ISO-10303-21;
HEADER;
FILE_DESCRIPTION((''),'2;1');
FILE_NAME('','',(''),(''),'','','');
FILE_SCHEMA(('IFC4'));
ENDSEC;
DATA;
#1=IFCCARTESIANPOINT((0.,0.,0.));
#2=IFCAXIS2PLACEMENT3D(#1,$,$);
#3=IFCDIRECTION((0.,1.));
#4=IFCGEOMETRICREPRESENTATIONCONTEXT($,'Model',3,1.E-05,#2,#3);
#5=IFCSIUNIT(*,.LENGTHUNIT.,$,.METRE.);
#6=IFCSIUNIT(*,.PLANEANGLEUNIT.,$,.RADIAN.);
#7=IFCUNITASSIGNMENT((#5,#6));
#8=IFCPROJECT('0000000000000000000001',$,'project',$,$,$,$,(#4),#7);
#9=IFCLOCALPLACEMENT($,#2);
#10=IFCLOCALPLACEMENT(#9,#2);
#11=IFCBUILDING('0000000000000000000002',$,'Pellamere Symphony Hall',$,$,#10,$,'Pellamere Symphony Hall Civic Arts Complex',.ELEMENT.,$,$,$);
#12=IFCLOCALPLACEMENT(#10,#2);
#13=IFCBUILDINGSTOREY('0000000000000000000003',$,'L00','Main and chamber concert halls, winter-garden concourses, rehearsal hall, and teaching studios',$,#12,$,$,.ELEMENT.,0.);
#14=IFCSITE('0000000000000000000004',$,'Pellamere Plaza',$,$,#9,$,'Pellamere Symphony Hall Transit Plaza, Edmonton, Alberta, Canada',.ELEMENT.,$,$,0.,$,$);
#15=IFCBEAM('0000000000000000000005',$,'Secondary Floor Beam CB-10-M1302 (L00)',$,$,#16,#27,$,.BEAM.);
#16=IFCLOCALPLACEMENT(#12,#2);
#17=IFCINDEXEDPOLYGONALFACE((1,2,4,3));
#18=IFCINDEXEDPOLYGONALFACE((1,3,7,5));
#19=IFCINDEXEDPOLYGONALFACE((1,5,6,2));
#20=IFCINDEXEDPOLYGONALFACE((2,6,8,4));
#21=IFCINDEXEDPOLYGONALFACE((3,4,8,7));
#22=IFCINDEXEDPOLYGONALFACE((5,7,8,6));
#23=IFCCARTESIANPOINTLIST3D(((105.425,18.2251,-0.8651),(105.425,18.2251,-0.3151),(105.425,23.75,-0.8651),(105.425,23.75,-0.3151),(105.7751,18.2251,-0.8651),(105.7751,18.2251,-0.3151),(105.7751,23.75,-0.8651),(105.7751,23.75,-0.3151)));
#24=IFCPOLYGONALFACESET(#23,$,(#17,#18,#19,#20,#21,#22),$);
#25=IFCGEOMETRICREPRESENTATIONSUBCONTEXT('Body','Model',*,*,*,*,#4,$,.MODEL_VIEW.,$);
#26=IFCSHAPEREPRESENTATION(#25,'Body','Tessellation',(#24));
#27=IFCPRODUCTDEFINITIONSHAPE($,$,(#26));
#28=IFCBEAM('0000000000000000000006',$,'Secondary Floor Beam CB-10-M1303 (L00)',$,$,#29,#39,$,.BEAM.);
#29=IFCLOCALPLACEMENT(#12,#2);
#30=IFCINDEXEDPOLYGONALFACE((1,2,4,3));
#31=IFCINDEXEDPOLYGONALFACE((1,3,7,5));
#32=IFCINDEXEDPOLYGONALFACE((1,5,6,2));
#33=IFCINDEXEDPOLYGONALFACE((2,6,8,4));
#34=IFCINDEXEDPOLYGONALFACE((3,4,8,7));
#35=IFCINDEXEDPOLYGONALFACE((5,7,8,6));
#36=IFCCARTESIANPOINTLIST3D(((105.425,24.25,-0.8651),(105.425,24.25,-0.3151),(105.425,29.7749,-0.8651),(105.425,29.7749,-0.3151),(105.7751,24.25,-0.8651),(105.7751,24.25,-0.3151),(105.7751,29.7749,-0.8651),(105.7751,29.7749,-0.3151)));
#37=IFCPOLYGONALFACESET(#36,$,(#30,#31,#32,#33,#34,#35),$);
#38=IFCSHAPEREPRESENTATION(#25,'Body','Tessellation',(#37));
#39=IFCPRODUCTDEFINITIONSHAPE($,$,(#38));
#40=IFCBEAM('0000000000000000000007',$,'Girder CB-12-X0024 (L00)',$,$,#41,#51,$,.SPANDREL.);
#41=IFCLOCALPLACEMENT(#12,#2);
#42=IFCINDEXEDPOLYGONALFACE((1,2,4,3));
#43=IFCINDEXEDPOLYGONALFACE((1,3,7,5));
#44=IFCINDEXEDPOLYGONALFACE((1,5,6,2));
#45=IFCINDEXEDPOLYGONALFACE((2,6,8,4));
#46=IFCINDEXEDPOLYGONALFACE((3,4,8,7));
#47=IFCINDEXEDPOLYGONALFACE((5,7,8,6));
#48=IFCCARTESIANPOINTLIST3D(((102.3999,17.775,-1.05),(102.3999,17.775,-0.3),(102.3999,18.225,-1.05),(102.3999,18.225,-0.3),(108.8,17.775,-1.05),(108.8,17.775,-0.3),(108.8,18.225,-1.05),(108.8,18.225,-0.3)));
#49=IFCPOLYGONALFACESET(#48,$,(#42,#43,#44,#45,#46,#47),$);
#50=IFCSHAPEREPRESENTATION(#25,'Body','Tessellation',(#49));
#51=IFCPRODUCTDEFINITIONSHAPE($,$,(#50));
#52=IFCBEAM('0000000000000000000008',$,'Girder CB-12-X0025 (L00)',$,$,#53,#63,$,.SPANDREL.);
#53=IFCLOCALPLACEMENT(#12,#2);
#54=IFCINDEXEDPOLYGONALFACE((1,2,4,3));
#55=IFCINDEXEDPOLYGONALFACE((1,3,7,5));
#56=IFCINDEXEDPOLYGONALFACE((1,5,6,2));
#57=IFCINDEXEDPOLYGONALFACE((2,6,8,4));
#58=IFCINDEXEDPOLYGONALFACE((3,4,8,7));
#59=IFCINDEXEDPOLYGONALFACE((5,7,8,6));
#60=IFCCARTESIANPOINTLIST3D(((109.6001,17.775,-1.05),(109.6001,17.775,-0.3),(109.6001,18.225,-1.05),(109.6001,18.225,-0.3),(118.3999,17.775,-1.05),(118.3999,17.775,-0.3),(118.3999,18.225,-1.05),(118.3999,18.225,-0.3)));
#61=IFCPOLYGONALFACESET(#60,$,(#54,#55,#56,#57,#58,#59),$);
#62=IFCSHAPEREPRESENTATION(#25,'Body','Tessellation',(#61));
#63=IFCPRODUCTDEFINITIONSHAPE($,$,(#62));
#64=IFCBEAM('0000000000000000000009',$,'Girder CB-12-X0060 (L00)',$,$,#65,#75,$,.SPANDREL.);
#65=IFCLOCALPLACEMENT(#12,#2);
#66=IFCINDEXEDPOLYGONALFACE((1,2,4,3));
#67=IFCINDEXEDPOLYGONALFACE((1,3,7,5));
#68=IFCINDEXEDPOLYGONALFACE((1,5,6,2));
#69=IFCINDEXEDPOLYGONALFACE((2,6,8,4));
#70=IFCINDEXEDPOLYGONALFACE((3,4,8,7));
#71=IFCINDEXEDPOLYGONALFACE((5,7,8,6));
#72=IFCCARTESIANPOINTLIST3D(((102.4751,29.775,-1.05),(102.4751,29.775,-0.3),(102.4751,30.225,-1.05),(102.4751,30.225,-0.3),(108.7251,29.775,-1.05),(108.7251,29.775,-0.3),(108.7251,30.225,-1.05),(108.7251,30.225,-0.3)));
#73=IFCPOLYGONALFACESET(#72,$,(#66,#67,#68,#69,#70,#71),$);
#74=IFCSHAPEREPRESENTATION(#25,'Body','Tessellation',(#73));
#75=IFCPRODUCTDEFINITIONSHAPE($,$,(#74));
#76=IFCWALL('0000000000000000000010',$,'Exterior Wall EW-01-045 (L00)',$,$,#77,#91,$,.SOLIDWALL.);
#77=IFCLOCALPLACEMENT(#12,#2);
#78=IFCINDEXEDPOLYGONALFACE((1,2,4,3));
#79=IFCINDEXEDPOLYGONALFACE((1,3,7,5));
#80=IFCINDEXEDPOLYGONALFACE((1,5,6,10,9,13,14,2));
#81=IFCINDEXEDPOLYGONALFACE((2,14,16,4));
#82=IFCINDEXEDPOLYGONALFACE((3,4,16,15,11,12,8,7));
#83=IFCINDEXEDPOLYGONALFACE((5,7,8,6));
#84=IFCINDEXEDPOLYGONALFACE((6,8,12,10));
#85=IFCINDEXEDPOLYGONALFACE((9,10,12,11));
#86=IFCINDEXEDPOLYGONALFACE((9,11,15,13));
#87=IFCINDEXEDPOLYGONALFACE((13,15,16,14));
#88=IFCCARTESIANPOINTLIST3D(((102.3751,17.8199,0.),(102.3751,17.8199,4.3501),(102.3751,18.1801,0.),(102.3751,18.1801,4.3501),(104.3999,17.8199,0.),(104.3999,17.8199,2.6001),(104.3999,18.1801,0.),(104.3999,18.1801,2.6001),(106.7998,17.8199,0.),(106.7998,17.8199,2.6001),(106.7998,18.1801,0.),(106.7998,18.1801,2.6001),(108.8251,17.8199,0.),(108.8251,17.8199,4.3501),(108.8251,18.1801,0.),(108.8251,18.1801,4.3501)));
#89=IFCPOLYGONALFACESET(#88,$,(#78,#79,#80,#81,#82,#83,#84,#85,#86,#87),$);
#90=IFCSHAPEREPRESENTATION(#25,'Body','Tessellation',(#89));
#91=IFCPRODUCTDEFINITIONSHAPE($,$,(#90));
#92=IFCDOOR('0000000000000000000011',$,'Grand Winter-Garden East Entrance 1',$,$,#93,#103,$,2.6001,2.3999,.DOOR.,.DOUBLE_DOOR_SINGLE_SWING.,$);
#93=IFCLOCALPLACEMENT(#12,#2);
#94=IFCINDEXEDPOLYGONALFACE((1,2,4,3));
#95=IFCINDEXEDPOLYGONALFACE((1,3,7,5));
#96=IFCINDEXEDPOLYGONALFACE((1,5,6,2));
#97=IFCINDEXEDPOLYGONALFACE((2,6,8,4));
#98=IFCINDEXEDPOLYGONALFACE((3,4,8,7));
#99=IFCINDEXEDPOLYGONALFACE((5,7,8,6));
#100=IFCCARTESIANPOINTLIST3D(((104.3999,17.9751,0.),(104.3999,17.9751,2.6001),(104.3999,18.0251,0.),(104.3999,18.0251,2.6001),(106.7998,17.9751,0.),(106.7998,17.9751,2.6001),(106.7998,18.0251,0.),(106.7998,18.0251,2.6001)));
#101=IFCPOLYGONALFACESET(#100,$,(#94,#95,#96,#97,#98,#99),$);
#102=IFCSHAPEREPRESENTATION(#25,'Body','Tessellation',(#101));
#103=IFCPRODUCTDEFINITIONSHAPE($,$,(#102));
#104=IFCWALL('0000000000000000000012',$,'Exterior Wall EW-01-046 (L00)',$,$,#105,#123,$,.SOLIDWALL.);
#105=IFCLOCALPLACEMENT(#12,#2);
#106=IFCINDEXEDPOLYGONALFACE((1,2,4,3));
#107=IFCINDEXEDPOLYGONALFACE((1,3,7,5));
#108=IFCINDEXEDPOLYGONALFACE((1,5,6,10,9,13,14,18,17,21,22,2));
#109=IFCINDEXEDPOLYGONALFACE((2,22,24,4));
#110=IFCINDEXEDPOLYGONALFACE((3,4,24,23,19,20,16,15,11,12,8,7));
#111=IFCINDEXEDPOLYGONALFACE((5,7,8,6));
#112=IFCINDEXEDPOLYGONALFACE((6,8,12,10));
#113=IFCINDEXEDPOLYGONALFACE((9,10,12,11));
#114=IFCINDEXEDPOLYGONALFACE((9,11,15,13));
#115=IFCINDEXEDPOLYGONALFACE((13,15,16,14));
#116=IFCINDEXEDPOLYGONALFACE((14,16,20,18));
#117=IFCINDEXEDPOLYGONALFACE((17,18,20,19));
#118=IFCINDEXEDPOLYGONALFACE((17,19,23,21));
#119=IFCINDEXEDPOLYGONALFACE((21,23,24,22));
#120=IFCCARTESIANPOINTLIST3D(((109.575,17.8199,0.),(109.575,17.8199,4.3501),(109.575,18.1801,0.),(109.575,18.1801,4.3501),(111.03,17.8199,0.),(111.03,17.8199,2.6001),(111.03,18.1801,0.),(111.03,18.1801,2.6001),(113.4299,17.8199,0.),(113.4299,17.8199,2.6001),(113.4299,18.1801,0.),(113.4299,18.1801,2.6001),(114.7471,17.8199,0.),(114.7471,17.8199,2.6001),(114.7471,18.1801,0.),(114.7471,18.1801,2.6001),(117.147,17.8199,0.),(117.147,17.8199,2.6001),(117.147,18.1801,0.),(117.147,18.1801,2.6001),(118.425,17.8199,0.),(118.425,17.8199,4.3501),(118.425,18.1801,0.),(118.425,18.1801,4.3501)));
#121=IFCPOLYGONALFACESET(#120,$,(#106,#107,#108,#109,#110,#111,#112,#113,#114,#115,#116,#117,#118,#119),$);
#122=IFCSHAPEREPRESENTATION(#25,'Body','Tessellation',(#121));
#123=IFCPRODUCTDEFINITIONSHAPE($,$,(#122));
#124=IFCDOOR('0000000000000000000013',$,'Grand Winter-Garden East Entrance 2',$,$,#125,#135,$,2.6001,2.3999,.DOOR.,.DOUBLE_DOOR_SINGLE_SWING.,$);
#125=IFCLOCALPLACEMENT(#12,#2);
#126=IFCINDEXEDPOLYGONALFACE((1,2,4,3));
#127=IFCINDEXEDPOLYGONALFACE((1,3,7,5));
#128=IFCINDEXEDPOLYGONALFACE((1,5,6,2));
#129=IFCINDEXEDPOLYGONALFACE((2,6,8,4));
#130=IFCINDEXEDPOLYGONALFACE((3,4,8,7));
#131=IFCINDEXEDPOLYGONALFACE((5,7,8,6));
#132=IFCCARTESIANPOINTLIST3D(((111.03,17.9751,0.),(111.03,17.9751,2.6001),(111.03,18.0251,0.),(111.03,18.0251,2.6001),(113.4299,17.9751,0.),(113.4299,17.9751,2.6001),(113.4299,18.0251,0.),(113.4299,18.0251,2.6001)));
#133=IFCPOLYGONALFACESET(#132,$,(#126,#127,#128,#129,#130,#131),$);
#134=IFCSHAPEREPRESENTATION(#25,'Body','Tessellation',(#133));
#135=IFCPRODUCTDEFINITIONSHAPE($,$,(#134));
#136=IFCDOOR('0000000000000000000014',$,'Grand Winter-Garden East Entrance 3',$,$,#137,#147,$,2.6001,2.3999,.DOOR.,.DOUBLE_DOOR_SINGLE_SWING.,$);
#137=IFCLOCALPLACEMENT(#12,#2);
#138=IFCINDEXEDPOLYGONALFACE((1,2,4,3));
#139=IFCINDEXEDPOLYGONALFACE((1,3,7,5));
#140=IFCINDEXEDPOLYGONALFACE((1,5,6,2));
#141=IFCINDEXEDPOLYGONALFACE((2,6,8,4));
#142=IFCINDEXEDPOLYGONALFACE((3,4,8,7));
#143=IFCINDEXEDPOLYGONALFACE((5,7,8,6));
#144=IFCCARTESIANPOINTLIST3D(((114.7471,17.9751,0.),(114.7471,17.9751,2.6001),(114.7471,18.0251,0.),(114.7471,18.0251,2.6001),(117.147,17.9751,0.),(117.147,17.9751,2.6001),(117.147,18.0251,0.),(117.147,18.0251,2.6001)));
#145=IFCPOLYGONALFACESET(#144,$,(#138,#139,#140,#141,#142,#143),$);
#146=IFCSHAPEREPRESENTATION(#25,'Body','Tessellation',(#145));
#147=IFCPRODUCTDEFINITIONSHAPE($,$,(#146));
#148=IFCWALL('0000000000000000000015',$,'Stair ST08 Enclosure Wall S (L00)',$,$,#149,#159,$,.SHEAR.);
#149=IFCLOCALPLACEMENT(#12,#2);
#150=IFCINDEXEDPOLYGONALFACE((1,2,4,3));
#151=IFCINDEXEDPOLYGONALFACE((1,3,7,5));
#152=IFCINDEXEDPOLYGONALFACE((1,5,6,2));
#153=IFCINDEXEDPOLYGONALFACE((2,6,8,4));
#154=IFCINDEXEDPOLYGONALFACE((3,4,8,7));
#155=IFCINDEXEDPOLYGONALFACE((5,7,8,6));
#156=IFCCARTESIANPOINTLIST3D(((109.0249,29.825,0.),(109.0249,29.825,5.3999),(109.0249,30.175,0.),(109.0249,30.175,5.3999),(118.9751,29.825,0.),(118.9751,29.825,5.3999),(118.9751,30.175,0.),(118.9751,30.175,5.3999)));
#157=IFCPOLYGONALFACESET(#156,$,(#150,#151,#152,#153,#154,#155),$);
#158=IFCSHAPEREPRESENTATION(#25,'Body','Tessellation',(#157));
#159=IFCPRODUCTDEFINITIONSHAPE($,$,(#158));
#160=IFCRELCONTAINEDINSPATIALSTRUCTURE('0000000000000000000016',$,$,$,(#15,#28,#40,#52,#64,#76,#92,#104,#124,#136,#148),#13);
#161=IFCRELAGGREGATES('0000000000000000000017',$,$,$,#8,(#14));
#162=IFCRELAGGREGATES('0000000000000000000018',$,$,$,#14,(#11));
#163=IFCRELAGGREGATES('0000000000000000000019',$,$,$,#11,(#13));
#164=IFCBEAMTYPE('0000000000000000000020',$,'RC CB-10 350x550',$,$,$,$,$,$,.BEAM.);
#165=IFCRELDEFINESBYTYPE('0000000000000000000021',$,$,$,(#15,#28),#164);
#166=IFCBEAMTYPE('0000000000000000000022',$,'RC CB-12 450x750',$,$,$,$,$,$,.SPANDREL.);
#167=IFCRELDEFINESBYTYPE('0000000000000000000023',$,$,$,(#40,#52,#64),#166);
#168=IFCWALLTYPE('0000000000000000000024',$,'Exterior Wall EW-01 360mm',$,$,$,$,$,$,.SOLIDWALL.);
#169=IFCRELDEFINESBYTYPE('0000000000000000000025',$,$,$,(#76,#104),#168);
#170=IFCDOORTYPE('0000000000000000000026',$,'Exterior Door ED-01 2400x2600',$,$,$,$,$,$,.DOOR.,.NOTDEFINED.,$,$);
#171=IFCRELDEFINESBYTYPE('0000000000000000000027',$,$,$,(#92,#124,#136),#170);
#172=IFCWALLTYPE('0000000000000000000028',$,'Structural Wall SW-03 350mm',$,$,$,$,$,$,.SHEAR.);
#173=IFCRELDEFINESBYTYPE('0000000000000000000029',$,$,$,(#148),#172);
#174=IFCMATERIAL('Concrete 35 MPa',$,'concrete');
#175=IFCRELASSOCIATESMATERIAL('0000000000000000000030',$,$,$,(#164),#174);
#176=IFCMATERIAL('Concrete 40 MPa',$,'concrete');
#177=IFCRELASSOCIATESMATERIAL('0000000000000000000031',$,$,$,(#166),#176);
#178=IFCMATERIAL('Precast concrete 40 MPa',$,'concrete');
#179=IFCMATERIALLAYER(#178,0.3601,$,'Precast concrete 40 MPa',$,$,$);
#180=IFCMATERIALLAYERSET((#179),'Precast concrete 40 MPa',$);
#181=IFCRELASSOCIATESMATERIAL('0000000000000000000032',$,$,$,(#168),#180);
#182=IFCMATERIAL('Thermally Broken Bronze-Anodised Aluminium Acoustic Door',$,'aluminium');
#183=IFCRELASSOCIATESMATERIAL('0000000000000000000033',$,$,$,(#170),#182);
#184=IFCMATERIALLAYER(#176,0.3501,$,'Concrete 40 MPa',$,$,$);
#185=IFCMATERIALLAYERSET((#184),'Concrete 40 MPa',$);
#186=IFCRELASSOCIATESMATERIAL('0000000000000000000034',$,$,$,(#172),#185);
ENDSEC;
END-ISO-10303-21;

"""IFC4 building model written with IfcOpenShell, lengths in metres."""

from ifc_helpers import new_model, si_unit, direction, frame, frame_2d, origin, origin_2d, place, context, subcontext, project, spatial, rectangle, extrude, material, layer, layer_set, material_profile, profile_set, type_object, element, fill, save


model = new_model("IFC4")

# Units and contexts
model_context = context("Model", 3, precision=1e-05, world=origin(), true_north=direction((0.0, 1.0)))
body_context = subcontext(model_context, "Body", "Model", "MODEL_VIEW")
ifc_project = project(units=[si_unit("LENGTHUNIT", "METRE"), si_unit("PLANEANGLEUNIT", "RADIAN")], contexts=[model_context])

# Site, building, storey
site_placement = place(None, origin())
site = spatial("IfcSite", under=ifc_project, at=site_placement, Name="Pellamere Plaza", LongName="Pellamere Symphony Hall Transit Plaza, Edmonton, Alberta, Canada", CompositionType="ELEMENT", RefElevation=0.0)
building_placement = place(site_placement, origin())
building = spatial("IfcBuilding", under=site, at=building_placement, Name="Pellamere Symphony Hall", LongName="Pellamere Symphony Hall Civic Arts Complex", CompositionType="ELEMENT")
storey_placement = place(building_placement, origin())
storey = spatial("IfcBuildingStorey", under=building, at=storey_placement, Name="L00", Description="Main and chamber concert halls, winter-garden concourses, rehearsal hall, and teaching studios", CompositionType="ELEMENT", Elevation=0.0)

# Shared definitions
ifc_material_1 = material(Name="Concrete 40 MPa", Category="concrete")

# Beams
ifc_material_2 = material(Name="Concrete 35 MPa", Category="concrete")
ifc_material_profile_1 = material_profile(ifc_material_2, rectangle(XDim=0.3501, YDim=0.55, at=origin_2d()), Name="RC 350x550")
ifc_profile_set_1 = profile_set([ifc_material_profile_1], Name="Concrete 35 MPa")
beam_type_1 = type_object("IfcBeamType", Name="RC CB-10 350x550", PredefinedType="BEAM", material=ifc_profile_set_1)
for number, where, z_axis, x_axis, name in (
    (1, (105.6001, 18.2251, -0.5901), (0.0, 1.0, 0.0), (-1.0, 0.0, 0.0), "Secondary Floor Beam CB-10-M1302 (L00)"),
    (2, (105.6001, 24.25, -0.5901), (0.0, 1.0, 0.0), (-1.0, 0.0, 0.0), "Secondary Floor Beam CB-10-M1303 (L00)"),
):
    element("IfcBeam", number, at=place(storey_placement, frame(where, z_axis=z_axis, x_axis=x_axis)), inside=storey, type_object=beam_type_1, Name=name, PredefinedType="BEAM", context=body_context, shape_type="SweptSolid", body=[
        extrude(rectangle(XDim=0.3501, YDim=0.55, at=origin_2d()), origin(), (0.0, 0.0, 1.0), 5.5249),
    ])
ifc_material_profile_2 = material_profile(ifc_material_1, rectangle(XDim=0.45, YDim=0.75, at=origin_2d()), Name="RC 450x750")
ifc_profile_set_2 = profile_set([ifc_material_profile_2], Name="Concrete 40 MPa")
beam_type_2 = type_object("IfcBeamType", Name="RC CB-12 450x750", PredefinedType="SPANDREL", material=ifc_profile_set_2)
beam_1_placement = place(storey_placement, frame((102.3999, 18.0, -0.675), z_axis=(1.0, 0.0, 0.0), x_axis=(0.0, 1.0, 0.0)))
element("IfcBeam", 3, at=beam_1_placement, inside=storey, type_object=beam_type_2, Name="Girder CB-12-X0024 (L00)", PredefinedType="SPANDREL", context=body_context, shape_type="SweptSolid", body=[
    extrude(rectangle(XDim=0.45, YDim=0.75, at=origin_2d()), origin(), (0.0, 0.0, 1.0), 6.4001),
])
beam_2_placement = place(storey_placement, frame((109.6001, 18.0, -0.675), z_axis=(1.0, 0.0, 0.0), x_axis=(0.0, 1.0, 0.0)))
element("IfcBeam", 4, at=beam_2_placement, inside=storey, type_object=beam_type_2, Name="Girder CB-12-X0025 (L00)", PredefinedType="SPANDREL", context=body_context, shape_type="SweptSolid", body=[
    extrude(rectangle(XDim=0.45, YDim=0.75, at=origin_2d()), origin(), (0.0, 0.0, 1.0), 8.7998),
])
beam_3_placement = place(storey_placement, frame((102.4751, 30.0, -0.675), z_axis=(1.0, 0.0, 0.0), x_axis=(0.0, 1.0, 0.0)))
element("IfcBeam", 5, at=beam_3_placement, inside=storey, type_object=beam_type_2, Name="Girder CB-12-X0060 (L00)", PredefinedType="SPANDREL", context=body_context, shape_type="SweptSolid", body=[
    extrude(rectangle(XDim=0.45, YDim=0.75, at=origin_2d()), origin(), (0.0, 0.0, 1.0), 6.25),
])

# Wall, opening, door
ifc_material_3 = material(Name="Precast concrete 40 MPa", Category="concrete")
ifc_layer_1 = layer(ifc_material_3, 0.3601, Name="Precast concrete 40 MPa")
ifc_layer_set_1 = layer_set([ifc_layer_1], Name="Precast concrete 40 MPa")
wall_type_1 = type_object("IfcWallType", Name="Exterior Wall EW-01 360mm", PredefinedType="SOLIDWALL", material=ifc_layer_set_1)
wall_1_placement = place(storey_placement, frame((102.375, 18.0, 0.0), z_axis=(0.0, 0.0, 1.0), x_axis=(1.0, 0.0, 0.0)))
wall_1 = element("IfcWall", 6, at=wall_1_placement, inside=storey, type_object=wall_type_1, Name="Exterior Wall EW-01-045 (L00)", PredefinedType="SOLIDWALL", context=body_context, shape_type="SweptSolid", body=[
    extrude(rectangle(XDim=6.45, YDim=0.3601, at=frame_2d((3.2251, 0.0))), origin(), (0.0, 0.0, 1.0), 4.3501),
])
opening_1_placement = place(wall_1_placement, frame((2.0249, 0.0, 0.0)))
opening_1 = element("IfcOpeningElement", 7, at=opening_1_placement, cuts=wall_1, PredefinedType="OPENING", context=body_context, shape_type="SweptSolid", body=[
    extrude(rectangle(XDim=2.3999, YDim=2.6001, at=frame_2d((1.2, 1.3))), frame((0.0, 0.1899, 0.0), z_axis=(0.0, -1.0, 0.0), x_axis=(1.0, 0.0, 0.0)), (0.0, 0.0, 1.0), 0.3801),
])
ifc_material_4 = material(Name="Thermally Broken Bronze-Anodised Aluminium Acoustic Door", Category="aluminium")
door_type_1 = type_object("IfcDoorType", Name="Exterior Door ED-01 2400x2600", OperationType="NOTDEFINED", PredefinedType="DOOR", material=ifc_material_4)
door_1_placement = place(opening_1_placement, frame((2.3999, 0.0, 0.0), z_axis=(0.0, 0.0, 1.0), x_axis=(-1.0, 0.0, 0.0)))
door_1 = element("IfcDoor", 8, at=door_1_placement, inside=storey, type_object=door_type_1, Name="Grand Winter-Garden East Entrance 1", OperationType="DOUBLE_DOOR_SINGLE_SWING", OverallHeight=2.6001, OverallWidth=2.3999, PredefinedType="DOOR", context=body_context, shape_type="SweptSolid", body=[
    extrude(rectangle(XDim=2.3999, YDim=2.6001, at=frame_2d((1.2, 1.3))), frame((0.0, 0.0249, 0.0), z_axis=(0.0, -1.0, 0.0), x_axis=(1.0, 0.0, 0.0)), (0.0, 0.0, 1.0), 0.05),
])
fill(opening_1, door_1)

# Wall, openings, doors
wall_2_placement = place(storey_placement, frame((109.575, 18.0, 0.0), z_axis=(0.0, 0.0, 1.0), x_axis=(1.0, 0.0, 0.0)))
wall_2 = element("IfcWall", 9, at=wall_2_placement, inside=storey, type_object=wall_type_1, Name="Exterior Wall EW-01-046 (L00)", PredefinedType="SOLIDWALL", context=body_context, shape_type="SweptSolid", body=[
    extrude(rectangle(XDim=8.8501, YDim=0.3601, at=frame_2d((4.425, 0.0))), origin(), (0.0, 0.0, 1.0), 4.3501),
])
opening_2_placement = place(wall_2_placement, frame((1.4551, 0.0, 0.0)))
opening_2 = element("IfcOpeningElement", 10, at=opening_2_placement, cuts=wall_2, PredefinedType="OPENING", context=body_context, shape_type="SweptSolid", body=[
    extrude(rectangle(XDim=2.3999, YDim=2.6001, at=frame_2d((1.2, 1.3))), frame((0.0, 0.1899, 0.0), z_axis=(0.0, -1.0, 0.0), x_axis=(1.0, 0.0, 0.0)), (0.0, 0.0, 1.0), 0.3801),
])
opening_3_placement = place(wall_2_placement, frame((5.1721, 0.0, 0.0)))
opening_3 = element("IfcOpeningElement", 11, at=opening_3_placement, cuts=wall_2, PredefinedType="OPENING", context=body_context, shape_type="SweptSolid", body=[
    extrude(rectangle(XDim=2.3999, YDim=2.6001, at=frame_2d((1.2, 1.3))), frame((0.0, 0.1899, 0.0), z_axis=(0.0, -1.0, 0.0), x_axis=(1.0, 0.0, 0.0)), (0.0, 0.0, 1.0), 0.3801),
])
door_2_placement = place(opening_2_placement, frame((2.3999, 0.0, 0.0), z_axis=(0.0, 0.0, 1.0), x_axis=(-1.0, 0.0, 0.0)))
door_2 = element("IfcDoor", 12, at=door_2_placement, inside=storey, type_object=door_type_1, Name="Grand Winter-Garden East Entrance 2", OperationType="DOUBLE_DOOR_SINGLE_SWING", OverallHeight=2.6001, OverallWidth=2.3999, PredefinedType="DOOR", context=body_context, shape_type="SweptSolid", body=[
    extrude(rectangle(XDim=2.3999, YDim=2.6001, at=frame_2d((1.2, 1.3))), frame((0.0, 0.0249, 0.0), z_axis=(0.0, -1.0, 0.0), x_axis=(1.0, 0.0, 0.0)), (0.0, 0.0, 1.0), 0.05),
])
fill(opening_2, door_2)
door_3_placement = place(opening_3_placement, frame((2.3999, 0.0, 0.0), z_axis=(0.0, 0.0, 1.0), x_axis=(-1.0, 0.0, 0.0)))
door_3 = element("IfcDoor", 13, at=door_3_placement, inside=storey, type_object=door_type_1, Name="Grand Winter-Garden East Entrance 3", OperationType="DOUBLE_DOOR_SINGLE_SWING", OverallHeight=2.6001, OverallWidth=2.3999, PredefinedType="DOOR", context=body_context, shape_type="SweptSolid", body=[
    extrude(rectangle(XDim=2.3999, YDim=2.6001, at=frame_2d((1.2, 1.3))), frame((0.0, 0.0249, 0.0), z_axis=(0.0, -1.0, 0.0), x_axis=(1.0, 0.0, 0.0)), (0.0, 0.0, 1.0), 0.05),
])
fill(opening_3, door_3)

# Wall
ifc_layer_2 = layer(ifc_material_1, 0.3501, Name="Concrete 40 MPa")
ifc_layer_set_2 = layer_set([ifc_layer_2], Name="Concrete 40 MPa")
wall_type_2 = type_object("IfcWallType", Name="Structural Wall SW-03 350mm", PredefinedType="SHEAR", material=ifc_layer_set_2)
wall_3_placement = place(storey_placement, frame((109.0249, 30.0, 0.0), z_axis=(0.0, 0.0, 1.0), x_axis=(1.0, 0.0, 0.0)))
element("IfcWall", 14, at=wall_3_placement, inside=storey, type_object=wall_type_2, Name="Stair ST08 Enclosure Wall S (L00)", PredefinedType="SHEAR", context=body_context, shape_type="SweptSolid", body=[
    extrude(rectangle(XDim=9.9502, YDim=0.3501, at=frame_2d((4.9751, 0.0))), origin(), (0.0, 0.0, 1.0), 5.3999),
])

save(model, "model.ifc")
